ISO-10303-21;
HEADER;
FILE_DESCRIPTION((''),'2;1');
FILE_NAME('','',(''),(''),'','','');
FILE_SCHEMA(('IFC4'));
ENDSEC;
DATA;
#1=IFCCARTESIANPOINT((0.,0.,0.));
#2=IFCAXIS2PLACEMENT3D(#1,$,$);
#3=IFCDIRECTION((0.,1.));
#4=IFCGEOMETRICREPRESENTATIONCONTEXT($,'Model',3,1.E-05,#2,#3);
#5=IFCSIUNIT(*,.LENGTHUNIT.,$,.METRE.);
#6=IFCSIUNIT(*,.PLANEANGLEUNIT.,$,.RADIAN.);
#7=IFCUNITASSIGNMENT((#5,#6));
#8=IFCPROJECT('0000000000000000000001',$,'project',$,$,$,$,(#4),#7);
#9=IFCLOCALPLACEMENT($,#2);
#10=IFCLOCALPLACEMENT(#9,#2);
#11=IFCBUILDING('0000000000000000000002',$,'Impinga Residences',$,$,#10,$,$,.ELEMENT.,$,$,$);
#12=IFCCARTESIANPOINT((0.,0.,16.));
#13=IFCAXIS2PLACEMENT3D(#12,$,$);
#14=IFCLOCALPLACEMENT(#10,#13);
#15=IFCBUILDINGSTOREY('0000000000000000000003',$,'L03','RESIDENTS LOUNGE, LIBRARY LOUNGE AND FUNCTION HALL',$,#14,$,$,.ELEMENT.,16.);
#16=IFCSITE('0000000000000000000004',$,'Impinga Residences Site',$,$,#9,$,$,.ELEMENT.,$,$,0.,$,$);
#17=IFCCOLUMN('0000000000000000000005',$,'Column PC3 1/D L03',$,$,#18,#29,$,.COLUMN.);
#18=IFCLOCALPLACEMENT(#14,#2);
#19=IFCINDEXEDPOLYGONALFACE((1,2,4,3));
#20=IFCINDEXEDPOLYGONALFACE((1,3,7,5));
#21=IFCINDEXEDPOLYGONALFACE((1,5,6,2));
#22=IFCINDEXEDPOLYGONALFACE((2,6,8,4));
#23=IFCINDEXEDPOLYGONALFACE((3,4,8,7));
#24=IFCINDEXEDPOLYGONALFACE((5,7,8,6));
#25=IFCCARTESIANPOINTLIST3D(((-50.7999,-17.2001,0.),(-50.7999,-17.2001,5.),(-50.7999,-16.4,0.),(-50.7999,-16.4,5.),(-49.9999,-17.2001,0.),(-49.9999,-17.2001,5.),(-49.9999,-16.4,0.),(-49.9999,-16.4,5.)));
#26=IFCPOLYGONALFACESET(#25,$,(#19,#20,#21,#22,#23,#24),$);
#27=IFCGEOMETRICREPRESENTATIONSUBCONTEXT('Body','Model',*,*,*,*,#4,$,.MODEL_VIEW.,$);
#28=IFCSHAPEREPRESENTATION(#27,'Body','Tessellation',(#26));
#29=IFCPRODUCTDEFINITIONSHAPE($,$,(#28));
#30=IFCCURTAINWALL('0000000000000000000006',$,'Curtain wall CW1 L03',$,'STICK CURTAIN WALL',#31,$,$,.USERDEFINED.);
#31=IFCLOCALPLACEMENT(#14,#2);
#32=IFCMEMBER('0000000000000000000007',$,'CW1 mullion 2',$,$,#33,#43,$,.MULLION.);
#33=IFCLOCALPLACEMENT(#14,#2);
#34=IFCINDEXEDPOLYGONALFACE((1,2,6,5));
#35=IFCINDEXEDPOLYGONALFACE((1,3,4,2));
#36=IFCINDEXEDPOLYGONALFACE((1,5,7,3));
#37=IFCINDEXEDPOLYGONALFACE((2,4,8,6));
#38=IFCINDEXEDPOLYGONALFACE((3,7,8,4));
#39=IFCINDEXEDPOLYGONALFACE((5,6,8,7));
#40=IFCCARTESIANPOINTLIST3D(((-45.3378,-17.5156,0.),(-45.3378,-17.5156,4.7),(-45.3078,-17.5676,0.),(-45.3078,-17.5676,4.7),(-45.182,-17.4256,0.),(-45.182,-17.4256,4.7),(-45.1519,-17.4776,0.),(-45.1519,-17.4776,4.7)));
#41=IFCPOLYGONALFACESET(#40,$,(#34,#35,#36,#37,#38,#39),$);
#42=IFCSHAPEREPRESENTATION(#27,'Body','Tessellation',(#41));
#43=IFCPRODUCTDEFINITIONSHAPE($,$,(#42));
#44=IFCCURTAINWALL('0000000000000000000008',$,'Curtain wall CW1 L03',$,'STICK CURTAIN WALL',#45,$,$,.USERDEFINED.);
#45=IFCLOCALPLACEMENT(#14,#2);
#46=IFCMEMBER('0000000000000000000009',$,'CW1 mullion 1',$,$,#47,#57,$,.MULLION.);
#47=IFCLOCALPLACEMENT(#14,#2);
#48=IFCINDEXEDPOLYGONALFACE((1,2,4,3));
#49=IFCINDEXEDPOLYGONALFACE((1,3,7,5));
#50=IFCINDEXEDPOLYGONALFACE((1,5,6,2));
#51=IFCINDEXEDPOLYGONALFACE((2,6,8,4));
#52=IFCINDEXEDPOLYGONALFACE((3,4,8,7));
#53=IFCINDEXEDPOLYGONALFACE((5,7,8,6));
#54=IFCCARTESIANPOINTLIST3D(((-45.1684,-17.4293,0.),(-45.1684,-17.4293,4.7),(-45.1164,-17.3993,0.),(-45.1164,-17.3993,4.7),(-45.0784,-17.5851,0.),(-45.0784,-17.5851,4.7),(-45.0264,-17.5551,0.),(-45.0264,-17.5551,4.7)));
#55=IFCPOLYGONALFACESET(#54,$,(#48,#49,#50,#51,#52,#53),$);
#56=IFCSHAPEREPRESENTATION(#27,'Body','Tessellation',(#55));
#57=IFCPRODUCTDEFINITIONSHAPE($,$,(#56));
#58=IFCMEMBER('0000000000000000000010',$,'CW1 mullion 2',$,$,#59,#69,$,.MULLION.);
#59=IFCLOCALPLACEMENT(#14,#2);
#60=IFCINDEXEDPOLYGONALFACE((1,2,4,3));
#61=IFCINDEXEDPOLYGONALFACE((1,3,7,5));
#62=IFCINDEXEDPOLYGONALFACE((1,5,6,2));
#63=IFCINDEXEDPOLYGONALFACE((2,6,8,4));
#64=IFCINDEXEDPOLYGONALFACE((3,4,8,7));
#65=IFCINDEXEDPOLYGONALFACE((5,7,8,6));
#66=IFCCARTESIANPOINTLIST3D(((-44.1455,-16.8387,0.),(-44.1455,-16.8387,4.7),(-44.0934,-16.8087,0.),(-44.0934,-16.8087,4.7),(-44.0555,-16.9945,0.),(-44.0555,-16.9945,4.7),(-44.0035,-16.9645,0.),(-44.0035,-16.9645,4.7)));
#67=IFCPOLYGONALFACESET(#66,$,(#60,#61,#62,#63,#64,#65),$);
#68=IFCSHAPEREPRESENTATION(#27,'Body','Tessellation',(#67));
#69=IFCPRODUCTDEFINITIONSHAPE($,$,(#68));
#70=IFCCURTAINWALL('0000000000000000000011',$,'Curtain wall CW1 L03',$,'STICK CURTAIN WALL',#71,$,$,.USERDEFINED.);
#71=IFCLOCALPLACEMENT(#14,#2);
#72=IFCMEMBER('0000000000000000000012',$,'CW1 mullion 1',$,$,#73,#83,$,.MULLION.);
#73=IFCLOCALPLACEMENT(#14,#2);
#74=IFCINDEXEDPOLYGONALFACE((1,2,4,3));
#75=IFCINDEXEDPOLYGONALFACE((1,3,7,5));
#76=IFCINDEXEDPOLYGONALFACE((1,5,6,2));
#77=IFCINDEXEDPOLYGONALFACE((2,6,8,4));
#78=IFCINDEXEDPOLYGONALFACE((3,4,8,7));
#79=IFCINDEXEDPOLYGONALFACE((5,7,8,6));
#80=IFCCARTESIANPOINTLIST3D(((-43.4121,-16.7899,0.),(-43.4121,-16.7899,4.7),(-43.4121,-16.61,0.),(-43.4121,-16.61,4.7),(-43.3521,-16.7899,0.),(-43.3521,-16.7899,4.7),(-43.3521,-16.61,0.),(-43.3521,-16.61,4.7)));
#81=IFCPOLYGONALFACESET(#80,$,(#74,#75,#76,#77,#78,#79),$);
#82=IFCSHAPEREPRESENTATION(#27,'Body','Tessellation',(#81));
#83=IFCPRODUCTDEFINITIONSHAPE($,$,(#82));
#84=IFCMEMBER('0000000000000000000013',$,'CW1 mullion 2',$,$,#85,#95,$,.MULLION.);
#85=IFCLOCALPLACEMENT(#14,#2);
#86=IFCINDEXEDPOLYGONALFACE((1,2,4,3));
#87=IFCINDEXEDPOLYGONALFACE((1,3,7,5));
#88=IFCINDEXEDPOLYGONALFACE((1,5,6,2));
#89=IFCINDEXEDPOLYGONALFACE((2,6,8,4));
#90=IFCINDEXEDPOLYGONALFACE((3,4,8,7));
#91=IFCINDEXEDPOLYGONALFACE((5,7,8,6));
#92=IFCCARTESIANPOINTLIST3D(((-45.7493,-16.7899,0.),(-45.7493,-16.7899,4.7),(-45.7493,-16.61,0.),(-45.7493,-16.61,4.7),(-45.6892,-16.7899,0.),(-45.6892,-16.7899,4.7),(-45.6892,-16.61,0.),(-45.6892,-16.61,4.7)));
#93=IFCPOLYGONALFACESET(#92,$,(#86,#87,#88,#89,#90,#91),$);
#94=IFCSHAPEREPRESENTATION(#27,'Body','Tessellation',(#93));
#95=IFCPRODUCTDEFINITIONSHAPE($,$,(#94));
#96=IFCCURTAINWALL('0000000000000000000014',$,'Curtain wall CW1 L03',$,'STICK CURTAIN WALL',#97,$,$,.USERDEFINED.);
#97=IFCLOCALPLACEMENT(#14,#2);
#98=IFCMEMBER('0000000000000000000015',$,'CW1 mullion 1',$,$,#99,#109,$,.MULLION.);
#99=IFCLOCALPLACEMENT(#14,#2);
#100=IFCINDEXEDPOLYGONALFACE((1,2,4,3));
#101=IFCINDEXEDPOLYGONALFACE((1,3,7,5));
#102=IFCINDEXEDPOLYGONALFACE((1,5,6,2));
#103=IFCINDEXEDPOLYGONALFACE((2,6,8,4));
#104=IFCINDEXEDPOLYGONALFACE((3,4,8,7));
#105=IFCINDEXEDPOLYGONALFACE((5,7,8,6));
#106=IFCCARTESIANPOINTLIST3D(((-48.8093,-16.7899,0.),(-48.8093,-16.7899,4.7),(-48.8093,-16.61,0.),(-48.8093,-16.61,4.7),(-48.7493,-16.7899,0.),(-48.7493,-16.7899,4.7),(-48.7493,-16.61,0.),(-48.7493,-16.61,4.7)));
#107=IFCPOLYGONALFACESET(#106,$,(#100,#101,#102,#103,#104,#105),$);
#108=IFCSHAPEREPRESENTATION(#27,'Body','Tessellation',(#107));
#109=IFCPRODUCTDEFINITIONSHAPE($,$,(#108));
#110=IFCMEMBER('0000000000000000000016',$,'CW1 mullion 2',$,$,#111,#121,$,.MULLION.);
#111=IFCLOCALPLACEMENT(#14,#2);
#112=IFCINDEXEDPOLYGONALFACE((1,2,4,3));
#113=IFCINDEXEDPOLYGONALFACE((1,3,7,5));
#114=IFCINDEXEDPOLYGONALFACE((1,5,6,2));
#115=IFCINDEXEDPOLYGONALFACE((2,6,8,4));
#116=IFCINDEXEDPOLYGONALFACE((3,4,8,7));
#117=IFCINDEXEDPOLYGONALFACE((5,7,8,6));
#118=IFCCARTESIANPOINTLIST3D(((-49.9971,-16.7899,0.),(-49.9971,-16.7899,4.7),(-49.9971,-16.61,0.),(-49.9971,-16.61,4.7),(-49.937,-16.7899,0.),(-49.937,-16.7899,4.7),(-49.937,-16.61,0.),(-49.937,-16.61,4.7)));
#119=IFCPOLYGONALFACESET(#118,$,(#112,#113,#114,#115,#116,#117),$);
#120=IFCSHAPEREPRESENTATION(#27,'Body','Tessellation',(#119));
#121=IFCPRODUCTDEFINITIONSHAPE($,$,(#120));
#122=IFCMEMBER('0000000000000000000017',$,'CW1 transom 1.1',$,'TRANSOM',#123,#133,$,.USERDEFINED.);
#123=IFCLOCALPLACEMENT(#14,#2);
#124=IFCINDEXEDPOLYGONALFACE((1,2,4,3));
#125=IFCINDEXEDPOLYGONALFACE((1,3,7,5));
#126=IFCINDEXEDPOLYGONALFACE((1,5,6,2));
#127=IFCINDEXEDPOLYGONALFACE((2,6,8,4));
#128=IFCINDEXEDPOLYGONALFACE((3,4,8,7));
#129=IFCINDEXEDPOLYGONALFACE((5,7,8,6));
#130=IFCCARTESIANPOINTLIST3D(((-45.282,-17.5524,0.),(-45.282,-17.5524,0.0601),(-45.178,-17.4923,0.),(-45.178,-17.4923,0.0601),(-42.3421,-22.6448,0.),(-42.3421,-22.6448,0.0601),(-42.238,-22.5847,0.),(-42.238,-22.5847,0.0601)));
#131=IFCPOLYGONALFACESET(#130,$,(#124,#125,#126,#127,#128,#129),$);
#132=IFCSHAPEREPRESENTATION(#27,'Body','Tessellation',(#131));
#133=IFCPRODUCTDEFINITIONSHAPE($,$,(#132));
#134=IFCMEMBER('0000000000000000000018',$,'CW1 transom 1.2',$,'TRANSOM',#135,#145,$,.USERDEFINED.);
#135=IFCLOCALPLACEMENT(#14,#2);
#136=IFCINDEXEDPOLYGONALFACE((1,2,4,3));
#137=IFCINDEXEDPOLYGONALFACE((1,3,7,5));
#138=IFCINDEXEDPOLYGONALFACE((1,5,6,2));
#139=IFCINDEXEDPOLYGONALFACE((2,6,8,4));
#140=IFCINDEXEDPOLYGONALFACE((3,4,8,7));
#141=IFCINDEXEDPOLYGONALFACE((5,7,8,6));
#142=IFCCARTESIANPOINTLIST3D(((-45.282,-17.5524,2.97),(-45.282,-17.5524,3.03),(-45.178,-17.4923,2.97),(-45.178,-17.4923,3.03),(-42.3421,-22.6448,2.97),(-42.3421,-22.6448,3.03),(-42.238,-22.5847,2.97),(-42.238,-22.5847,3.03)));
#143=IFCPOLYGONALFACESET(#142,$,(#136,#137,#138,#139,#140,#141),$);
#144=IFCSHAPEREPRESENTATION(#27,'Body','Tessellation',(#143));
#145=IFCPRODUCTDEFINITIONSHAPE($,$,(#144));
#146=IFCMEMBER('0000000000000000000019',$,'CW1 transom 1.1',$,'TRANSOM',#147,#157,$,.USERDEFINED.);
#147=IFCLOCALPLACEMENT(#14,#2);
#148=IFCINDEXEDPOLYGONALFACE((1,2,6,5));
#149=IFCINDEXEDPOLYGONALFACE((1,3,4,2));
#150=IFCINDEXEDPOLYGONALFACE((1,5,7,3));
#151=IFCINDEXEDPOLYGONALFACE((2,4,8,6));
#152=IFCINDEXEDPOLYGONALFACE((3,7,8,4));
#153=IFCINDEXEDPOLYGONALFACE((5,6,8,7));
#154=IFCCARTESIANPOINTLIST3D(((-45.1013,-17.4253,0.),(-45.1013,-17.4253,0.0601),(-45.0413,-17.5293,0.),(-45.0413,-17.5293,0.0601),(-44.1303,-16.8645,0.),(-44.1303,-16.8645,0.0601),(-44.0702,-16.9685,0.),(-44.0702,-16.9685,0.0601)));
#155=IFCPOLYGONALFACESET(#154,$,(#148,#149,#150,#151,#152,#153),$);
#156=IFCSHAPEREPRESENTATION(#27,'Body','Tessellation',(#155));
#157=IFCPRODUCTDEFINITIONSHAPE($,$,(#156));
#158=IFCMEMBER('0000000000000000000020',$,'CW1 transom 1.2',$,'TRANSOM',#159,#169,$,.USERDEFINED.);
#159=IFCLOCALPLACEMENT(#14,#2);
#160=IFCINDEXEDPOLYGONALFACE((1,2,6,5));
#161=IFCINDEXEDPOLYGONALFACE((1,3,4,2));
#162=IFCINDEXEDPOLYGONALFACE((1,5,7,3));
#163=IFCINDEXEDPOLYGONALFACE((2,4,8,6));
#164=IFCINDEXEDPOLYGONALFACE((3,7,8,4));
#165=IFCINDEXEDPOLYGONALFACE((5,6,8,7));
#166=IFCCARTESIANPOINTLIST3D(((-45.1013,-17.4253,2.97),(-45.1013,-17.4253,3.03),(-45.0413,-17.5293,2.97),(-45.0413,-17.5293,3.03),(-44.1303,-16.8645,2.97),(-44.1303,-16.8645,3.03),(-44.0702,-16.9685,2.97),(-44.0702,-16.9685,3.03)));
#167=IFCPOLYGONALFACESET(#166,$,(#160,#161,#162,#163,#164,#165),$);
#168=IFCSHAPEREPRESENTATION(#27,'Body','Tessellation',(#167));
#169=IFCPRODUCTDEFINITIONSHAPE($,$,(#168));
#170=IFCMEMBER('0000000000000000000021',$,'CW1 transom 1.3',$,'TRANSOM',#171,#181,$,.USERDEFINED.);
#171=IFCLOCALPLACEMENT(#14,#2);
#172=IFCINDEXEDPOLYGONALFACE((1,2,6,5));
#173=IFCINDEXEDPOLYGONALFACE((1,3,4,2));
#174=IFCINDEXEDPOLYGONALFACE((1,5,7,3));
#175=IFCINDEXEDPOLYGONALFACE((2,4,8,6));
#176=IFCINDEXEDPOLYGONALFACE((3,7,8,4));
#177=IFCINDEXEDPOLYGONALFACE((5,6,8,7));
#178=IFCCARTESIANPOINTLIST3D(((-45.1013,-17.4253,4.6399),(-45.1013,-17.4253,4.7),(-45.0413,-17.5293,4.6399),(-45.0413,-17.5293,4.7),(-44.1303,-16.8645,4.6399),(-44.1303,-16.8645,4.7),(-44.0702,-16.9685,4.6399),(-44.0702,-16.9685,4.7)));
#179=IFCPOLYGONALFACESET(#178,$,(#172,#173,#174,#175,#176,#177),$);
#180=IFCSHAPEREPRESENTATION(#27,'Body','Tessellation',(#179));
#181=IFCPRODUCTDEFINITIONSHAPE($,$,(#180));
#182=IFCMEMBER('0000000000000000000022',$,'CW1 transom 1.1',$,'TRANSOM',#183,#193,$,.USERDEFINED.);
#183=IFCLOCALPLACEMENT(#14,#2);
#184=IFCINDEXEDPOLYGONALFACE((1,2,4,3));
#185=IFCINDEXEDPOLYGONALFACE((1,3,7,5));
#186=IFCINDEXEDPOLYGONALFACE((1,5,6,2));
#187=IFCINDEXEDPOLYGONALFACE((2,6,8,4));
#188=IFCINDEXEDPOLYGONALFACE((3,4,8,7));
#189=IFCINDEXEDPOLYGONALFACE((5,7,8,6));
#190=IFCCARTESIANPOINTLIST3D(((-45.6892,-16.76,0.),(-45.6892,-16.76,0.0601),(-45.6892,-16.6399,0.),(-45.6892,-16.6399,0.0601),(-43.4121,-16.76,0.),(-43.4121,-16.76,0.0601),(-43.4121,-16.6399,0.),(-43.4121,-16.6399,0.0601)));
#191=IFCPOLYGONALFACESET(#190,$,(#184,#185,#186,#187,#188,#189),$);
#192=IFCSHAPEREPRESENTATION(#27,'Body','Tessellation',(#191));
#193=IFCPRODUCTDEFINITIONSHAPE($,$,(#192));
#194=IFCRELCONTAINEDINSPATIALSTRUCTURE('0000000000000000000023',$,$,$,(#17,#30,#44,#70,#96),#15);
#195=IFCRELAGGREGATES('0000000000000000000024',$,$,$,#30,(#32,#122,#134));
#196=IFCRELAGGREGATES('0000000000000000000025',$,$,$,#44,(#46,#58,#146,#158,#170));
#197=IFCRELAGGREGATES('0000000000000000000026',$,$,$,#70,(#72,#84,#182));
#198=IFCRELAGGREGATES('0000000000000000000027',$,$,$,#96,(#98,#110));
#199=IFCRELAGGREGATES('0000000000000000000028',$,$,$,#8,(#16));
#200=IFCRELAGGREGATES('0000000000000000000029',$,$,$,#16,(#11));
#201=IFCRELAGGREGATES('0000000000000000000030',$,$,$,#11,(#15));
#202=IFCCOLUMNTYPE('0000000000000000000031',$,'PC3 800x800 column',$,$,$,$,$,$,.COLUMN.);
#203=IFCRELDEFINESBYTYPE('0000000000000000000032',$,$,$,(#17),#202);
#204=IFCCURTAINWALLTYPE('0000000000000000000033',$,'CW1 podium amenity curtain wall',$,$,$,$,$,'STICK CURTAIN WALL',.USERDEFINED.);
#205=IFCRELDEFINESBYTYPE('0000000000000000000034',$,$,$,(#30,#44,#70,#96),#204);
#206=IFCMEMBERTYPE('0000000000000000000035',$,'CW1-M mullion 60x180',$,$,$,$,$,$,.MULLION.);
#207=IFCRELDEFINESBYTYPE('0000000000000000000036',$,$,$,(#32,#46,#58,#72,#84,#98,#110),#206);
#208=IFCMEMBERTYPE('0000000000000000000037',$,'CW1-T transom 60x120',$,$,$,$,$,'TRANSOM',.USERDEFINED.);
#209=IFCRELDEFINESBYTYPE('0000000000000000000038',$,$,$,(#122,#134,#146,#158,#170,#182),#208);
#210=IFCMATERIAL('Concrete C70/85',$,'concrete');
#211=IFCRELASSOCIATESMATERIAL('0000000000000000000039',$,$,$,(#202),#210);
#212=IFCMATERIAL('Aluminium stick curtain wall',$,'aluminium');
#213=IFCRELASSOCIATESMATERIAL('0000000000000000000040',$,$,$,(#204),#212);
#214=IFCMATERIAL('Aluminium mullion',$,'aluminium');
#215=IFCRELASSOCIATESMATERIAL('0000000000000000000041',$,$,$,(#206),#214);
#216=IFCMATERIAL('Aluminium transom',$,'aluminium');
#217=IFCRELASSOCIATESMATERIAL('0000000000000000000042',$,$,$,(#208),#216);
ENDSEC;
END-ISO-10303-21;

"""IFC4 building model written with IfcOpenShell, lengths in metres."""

from ifc_helpers import new_model, si_unit, direction, frame, origin, origin_2d, place, context, subcontext, project, spatial, rectangle, extrude, material, material_profile, profile_set, type_object, element, aggregate, save


model = new_model("IFC4")

# Units and contexts
model_context = context("Model", 3, precision=1e-05, world=origin(), true_north=direction((0.0, 1.0)))
body_context = subcontext(model_context, "Body", "Model", "MODEL_VIEW")
ifc_project = project(units=[si_unit("LENGTHUNIT", "METRE"), si_unit("PLANEANGLEUNIT", "RADIAN")], contexts=[model_context])

# Site, building, storey
site_placement = place(None, origin())
site = spatial("IfcSite", under=ifc_project, at=site_placement, Name="Impinga Residences Site", CompositionType="ELEMENT", RefElevation=0.0)
building_placement = place(site_placement, origin())
building = spatial("IfcBuilding", under=site, at=building_placement, Name="Impinga Residences", CompositionType="ELEMENT")
storey_placement = place(building_placement, frame((0.0, 0.0, 16.0)))
storey = spatial("IfcBuildingStorey", under=building, at=storey_placement, Name="L03", Description="RESIDENTS LOUNGE, LIBRARY LOUNGE AND FUNCTION HALL", CompositionType="ELEMENT", Elevation=16.0)

# Column
ifc_material_1 = material(Name="Concrete C70/85", Category="concrete")
ifc_material_profile_1 = material_profile(ifc_material_1, rectangle(XDim=0.8, YDim=0.8, at=origin_2d()), Name="RC 800x800")
ifc_profile_set_1 = profile_set([ifc_material_profile_1], Name="Concrete C70/85")
column_type = type_object("IfcColumnType", Name="PC3 800x800 column", PredefinedType="COLUMN", material=ifc_profile_set_1)
column_placement = place(storey_placement, frame((-50.3999, -16.8, 0.0), z_axis=(0.0, 0.0, 1.0), x_axis=(1.0, 0.0, 0.0)))
element("IfcColumn", 1, at=column_placement, inside=storey, type_object=column_type, Name="Column PC3 1/D L03", PredefinedType="COLUMN", context=body_context, shape_type="SweptSolid", body=[
    extrude(rectangle(XDim=0.8, YDim=0.8, at=origin_2d()), origin(), (0.0, 0.0, 1.0), 5.0),
])

# Curtain wall, member
ifc_material_2 = material(Name="Aluminium stick curtain wall", Category="aluminium")
curtain_wall_type = type_object("IfcCurtainWallType", Name="CW1 podium amenity curtain wall", ElementType="STICK CURTAIN WALL", PredefinedType="USERDEFINED", material=ifc_material_2)
curtain_wall_1_placement = place(storey_placement, origin())
curtain_wall_1 = element("IfcCurtainWall", 2, at=curtain_wall_1_placement, inside=storey, type_object=curtain_wall_type, Name="Curtain wall CW1 L03", ObjectType="STICK CURTAIN WALL", PredefinedType="USERDEFINED")
ifc_material_3 = material(Name="Aluminium mullion", Category="aluminium")
ifc_material_profile_2 = material_profile(ifc_material_3, rectangle(XDim=0.0601, YDim=0.1799, at=origin_2d()), Name="60x180 mullion")
ifc_profile_set_2 = profile_set([ifc_material_profile_2], Name="Aluminium mullion")
member_type_1 = type_object("IfcMemberType", Name="CW1-M mullion 60x180", PredefinedType="MULLION", material=ifc_profile_set_2)
member_1_placement = place(storey_placement, frame((-45.2449, -17.4966, 0.0), z_axis=(0.0, 0.0, 1.0), x_axis=(-0.5, 0.866025, 0.0)))
member_1 = element("IfcMember", 3, at=member_1_placement, type_object=member_type_1, Name="CW1 mullion 2", PredefinedType="MULLION", context=body_context, shape_type="SweptSolid", body=[
    extrude(rectangle(XDim=0.0601, YDim=0.1799, at=origin_2d()), origin(), (0.0, 0.0, 1.0), 4.7),
])

# Curtain walls, members
curtain_wall_2_placement = place(storey_placement, origin())
curtain_wall_2 = element("IfcCurtainWall", 4, at=curtain_wall_2_placement, inside=storey, type_object=curtain_wall_type, Name="Curtain wall CW1 L03", ObjectType="STICK CURTAIN WALL", PredefinedType="USERDEFINED")
member_2_placement = place(storey_placement, frame((-45.0974, -17.4922, 0.0), z_axis=(0.0, 0.0, 1.0), x_axis=(0.866025, 0.5, 0.0)))
member_2 = element("IfcMember", 5, at=member_2_placement, type_object=member_type_1, Name="CW1 mullion 1", PredefinedType="MULLION", context=body_context, shape_type="SweptSolid", body=[
    extrude(rectangle(XDim=0.0601, YDim=0.1799, at=origin_2d()), origin(), (0.0, 0.0, 1.0), 4.7),
])
member_3_placement = place(storey_placement, frame((-44.0745, -16.9016, 0.0), z_axis=(0.0, 0.0, 1.0), x_axis=(0.866025, 0.5, 0.0)))
member_3 = element("IfcMember", 6, at=member_3_placement, type_object=member_type_1, Name="CW1 mullion 2", PredefinedType="MULLION", context=body_context, shape_type="SweptSolid", body=[
    extrude(rectangle(XDim=0.0601, YDim=0.1799, at=origin_2d()), origin(), (0.0, 0.0, 1.0), 4.7),
])
curtain_wall_3_placement = place(storey_placement, origin())
curtain_wall_3 = element("IfcCurtainWall", 7, at=curtain_wall_3_placement, inside=storey, type_object=curtain_wall_type, Name="Curtain wall CW1 L03", ObjectType="STICK CURTAIN WALL", PredefinedType="USERDEFINED")
member_4_placement = place(storey_placement, frame((-43.3821, -16.7, 0.0), z_axis=(0.0, 0.0, 1.0), x_axis=(-1.0, 0.0, 0.0)))
member_4 = element("IfcMember", 8, at=member_4_placement, type_object=member_type_1, Name="CW1 mullion 1", PredefinedType="MULLION", context=body_context, shape_type="SweptSolid", body=[
    extrude(rectangle(XDim=0.0601, YDim=0.1799, at=origin_2d()), origin(), (0.0, 0.0, 1.0), 4.7),
])
member_5_placement = place(storey_placement, frame((-45.7192, -16.7, 0.0), z_axis=(0.0, 0.0, 1.0), x_axis=(-1.0, 0.0, 0.0)))
member_5 = element("IfcMember", 9, at=member_5_placement, type_object=member_type_1, Name="CW1 mullion 2", PredefinedType="MULLION", context=body_context, shape_type="SweptSolid", body=[
    extrude(rectangle(XDim=0.0601, YDim=0.1799, at=origin_2d()), origin(), (0.0, 0.0, 1.0), 4.7),
])
curtain_wall_4_placement = place(storey_placement, origin())
curtain_wall_4 = element("IfcCurtainWall", 10, at=curtain_wall_4_placement, inside=storey, type_object=curtain_wall_type, Name="Curtain wall CW1 L03", ObjectType="STICK CURTAIN WALL", PredefinedType="USERDEFINED")
member_6_placement = place(storey_placement, frame((-48.7793, -16.7, 0.0), z_axis=(0.0, 0.0, 1.0), x_axis=(-1.0, 0.0, 0.0)))
member_6 = element("IfcMember", 11, at=member_6_placement, type_object=member_type_1, Name="CW1 mullion 1", PredefinedType="MULLION", context=body_context, shape_type="SweptSolid", body=[
    extrude(rectangle(XDim=0.0601, YDim=0.1799, at=origin_2d()), origin(), (0.0, 0.0, 1.0), 4.7),
])
member_7_placement = place(storey_placement, frame((-49.967, -16.7, 0.0), z_axis=(0.0, 0.0, 1.0), x_axis=(-1.0, 0.0, 0.0)))
member_7 = element("IfcMember", 12, at=member_7_placement, type_object=member_type_1, Name="CW1 mullion 2", PredefinedType="MULLION", context=body_context, shape_type="SweptSolid", body=[
    extrude(rectangle(XDim=0.0601, YDim=0.1799, at=origin_2d()), origin(), (0.0, 0.0, 1.0), 4.7),
])

# Members
ifc_material_4 = material(Name="Aluminium transom", Category="aluminium")
ifc_material_profile_3 = material_profile(ifc_material_4, rectangle(XDim=0.0601, YDim=0.1201, at=origin_2d()), Name="60x120 transom")
ifc_profile_set_3 = profile_set([ifc_material_profile_3], Name="Aluminium transom")
member_type_2 = type_object("IfcMemberType", Name="CW1-T transom 60x120", ElementType="TRANSOM", PredefinedType="USERDEFINED", material=ifc_profile_set_3)
member_8_placement = place(storey_placement, frame((-42.29, -22.6147, 0.03), z_axis=(-0.499988, 0.866032, 0.0), x_axis=(0.0, 0.0, 1.0)))
member_8 = element("IfcMember", 13, at=member_8_placement, type_object=member_type_2, Name="CW1 transom 1.1", ObjectType="TRANSOM", PredefinedType="USERDEFINED", context=body_context, shape_type="SweptSolid", body=[
    extrude(rectangle(XDim=0.0601, YDim=0.1201, at=origin_2d()), origin(), (0.0, 0.0, 1.0), 5.8801),
])
member_9_placement = place(storey_placement, frame((-42.29, -22.6147, 3.0), z_axis=(-0.499988, 0.866032, 0.0), x_axis=(0.0, 0.0, 1.0)))
member_9 = element("IfcMember", 14, at=member_9_placement, type_object=member_type_2, Name="CW1 transom 1.2", ObjectType="TRANSOM", PredefinedType="USERDEFINED", context=body_context, shape_type="SweptSolid", body=[
    extrude(rectangle(XDim=0.0601, YDim=0.1201, at=origin_2d()), origin(), (0.0, 0.0, 1.0), 5.8801),
])
member_10_placement = place(storey_placement, frame((-45.0713, -17.4773, 0.03), z_axis=(0.865943, 0.500143, 0.0), x_axis=(0.0, 0.0, 1.0)))
member_10 = element("IfcMember", 15, at=member_10_placement, type_object=member_type_2, Name="CW1 transom 1.1", ObjectType="TRANSOM", PredefinedType="USERDEFINED", context=body_context, shape_type="SweptSolid", body=[
    extrude(rectangle(XDim=0.0601, YDim=0.1201, at=origin_2d()), origin(), (0.0, 0.0, 1.0), 1.1213),
])
member_11_placement = place(storey_placement, frame((-45.0713, -17.4773, 3.0), z_axis=(0.865943, 0.500143, 0.0), x_axis=(0.0, 0.0, 1.0)))
member_11 = element("IfcMember", 16, at=member_11_placement, type_object=member_type_2, Name="CW1 transom 1.2", ObjectType="TRANSOM", PredefinedType="USERDEFINED", context=body_context, shape_type="SweptSolid", body=[
    extrude(rectangle(XDim=0.0601, YDim=0.1201, at=origin_2d()), origin(), (0.0, 0.0, 1.0), 1.1213),
])
member_12_placement = place(storey_placement, frame((-45.0713, -17.4773, 4.6699), z_axis=(0.865943, 0.500143, 0.0), x_axis=(0.0, 0.0, 1.0)))
member_12 = element("IfcMember", 17, at=member_12_placement, type_object=member_type_2, Name="CW1 transom 1.3", ObjectType="TRANSOM", PredefinedType="USERDEFINED", context=body_context, shape_type="SweptSolid", body=[
    extrude(rectangle(XDim=0.0601, YDim=0.1201, at=origin_2d()), origin(), (0.0, 0.0, 1.0), 1.1213),
])
member_13_placement = place(storey_placement, frame((-43.4121, -16.7, 0.03), z_axis=(-1.0, 0.0, 0.0), x_axis=(0.0, 0.0, 1.0)))
member_13 = element("IfcMember", 18, at=member_13_placement, type_object=member_type_2, Name="CW1 transom 1.1", ObjectType="TRANSOM", PredefinedType="USERDEFINED", context=body_context, shape_type="SweptSolid", body=[
    extrude(rectangle(XDim=0.0601, YDim=0.1201, at=origin_2d()), origin(), (0.0, 0.0, 1.0), 2.2771),
])

aggregate(curtain_wall_1, [member_1, member_8, member_9])
aggregate(curtain_wall_2, [member_2, member_3, member_10, member_11, member_12])
aggregate(curtain_wall_3, [member_4, member_5, member_13])
aggregate(curtain_wall_4, [member_6, member_7])

save(model, "model.ifc")
